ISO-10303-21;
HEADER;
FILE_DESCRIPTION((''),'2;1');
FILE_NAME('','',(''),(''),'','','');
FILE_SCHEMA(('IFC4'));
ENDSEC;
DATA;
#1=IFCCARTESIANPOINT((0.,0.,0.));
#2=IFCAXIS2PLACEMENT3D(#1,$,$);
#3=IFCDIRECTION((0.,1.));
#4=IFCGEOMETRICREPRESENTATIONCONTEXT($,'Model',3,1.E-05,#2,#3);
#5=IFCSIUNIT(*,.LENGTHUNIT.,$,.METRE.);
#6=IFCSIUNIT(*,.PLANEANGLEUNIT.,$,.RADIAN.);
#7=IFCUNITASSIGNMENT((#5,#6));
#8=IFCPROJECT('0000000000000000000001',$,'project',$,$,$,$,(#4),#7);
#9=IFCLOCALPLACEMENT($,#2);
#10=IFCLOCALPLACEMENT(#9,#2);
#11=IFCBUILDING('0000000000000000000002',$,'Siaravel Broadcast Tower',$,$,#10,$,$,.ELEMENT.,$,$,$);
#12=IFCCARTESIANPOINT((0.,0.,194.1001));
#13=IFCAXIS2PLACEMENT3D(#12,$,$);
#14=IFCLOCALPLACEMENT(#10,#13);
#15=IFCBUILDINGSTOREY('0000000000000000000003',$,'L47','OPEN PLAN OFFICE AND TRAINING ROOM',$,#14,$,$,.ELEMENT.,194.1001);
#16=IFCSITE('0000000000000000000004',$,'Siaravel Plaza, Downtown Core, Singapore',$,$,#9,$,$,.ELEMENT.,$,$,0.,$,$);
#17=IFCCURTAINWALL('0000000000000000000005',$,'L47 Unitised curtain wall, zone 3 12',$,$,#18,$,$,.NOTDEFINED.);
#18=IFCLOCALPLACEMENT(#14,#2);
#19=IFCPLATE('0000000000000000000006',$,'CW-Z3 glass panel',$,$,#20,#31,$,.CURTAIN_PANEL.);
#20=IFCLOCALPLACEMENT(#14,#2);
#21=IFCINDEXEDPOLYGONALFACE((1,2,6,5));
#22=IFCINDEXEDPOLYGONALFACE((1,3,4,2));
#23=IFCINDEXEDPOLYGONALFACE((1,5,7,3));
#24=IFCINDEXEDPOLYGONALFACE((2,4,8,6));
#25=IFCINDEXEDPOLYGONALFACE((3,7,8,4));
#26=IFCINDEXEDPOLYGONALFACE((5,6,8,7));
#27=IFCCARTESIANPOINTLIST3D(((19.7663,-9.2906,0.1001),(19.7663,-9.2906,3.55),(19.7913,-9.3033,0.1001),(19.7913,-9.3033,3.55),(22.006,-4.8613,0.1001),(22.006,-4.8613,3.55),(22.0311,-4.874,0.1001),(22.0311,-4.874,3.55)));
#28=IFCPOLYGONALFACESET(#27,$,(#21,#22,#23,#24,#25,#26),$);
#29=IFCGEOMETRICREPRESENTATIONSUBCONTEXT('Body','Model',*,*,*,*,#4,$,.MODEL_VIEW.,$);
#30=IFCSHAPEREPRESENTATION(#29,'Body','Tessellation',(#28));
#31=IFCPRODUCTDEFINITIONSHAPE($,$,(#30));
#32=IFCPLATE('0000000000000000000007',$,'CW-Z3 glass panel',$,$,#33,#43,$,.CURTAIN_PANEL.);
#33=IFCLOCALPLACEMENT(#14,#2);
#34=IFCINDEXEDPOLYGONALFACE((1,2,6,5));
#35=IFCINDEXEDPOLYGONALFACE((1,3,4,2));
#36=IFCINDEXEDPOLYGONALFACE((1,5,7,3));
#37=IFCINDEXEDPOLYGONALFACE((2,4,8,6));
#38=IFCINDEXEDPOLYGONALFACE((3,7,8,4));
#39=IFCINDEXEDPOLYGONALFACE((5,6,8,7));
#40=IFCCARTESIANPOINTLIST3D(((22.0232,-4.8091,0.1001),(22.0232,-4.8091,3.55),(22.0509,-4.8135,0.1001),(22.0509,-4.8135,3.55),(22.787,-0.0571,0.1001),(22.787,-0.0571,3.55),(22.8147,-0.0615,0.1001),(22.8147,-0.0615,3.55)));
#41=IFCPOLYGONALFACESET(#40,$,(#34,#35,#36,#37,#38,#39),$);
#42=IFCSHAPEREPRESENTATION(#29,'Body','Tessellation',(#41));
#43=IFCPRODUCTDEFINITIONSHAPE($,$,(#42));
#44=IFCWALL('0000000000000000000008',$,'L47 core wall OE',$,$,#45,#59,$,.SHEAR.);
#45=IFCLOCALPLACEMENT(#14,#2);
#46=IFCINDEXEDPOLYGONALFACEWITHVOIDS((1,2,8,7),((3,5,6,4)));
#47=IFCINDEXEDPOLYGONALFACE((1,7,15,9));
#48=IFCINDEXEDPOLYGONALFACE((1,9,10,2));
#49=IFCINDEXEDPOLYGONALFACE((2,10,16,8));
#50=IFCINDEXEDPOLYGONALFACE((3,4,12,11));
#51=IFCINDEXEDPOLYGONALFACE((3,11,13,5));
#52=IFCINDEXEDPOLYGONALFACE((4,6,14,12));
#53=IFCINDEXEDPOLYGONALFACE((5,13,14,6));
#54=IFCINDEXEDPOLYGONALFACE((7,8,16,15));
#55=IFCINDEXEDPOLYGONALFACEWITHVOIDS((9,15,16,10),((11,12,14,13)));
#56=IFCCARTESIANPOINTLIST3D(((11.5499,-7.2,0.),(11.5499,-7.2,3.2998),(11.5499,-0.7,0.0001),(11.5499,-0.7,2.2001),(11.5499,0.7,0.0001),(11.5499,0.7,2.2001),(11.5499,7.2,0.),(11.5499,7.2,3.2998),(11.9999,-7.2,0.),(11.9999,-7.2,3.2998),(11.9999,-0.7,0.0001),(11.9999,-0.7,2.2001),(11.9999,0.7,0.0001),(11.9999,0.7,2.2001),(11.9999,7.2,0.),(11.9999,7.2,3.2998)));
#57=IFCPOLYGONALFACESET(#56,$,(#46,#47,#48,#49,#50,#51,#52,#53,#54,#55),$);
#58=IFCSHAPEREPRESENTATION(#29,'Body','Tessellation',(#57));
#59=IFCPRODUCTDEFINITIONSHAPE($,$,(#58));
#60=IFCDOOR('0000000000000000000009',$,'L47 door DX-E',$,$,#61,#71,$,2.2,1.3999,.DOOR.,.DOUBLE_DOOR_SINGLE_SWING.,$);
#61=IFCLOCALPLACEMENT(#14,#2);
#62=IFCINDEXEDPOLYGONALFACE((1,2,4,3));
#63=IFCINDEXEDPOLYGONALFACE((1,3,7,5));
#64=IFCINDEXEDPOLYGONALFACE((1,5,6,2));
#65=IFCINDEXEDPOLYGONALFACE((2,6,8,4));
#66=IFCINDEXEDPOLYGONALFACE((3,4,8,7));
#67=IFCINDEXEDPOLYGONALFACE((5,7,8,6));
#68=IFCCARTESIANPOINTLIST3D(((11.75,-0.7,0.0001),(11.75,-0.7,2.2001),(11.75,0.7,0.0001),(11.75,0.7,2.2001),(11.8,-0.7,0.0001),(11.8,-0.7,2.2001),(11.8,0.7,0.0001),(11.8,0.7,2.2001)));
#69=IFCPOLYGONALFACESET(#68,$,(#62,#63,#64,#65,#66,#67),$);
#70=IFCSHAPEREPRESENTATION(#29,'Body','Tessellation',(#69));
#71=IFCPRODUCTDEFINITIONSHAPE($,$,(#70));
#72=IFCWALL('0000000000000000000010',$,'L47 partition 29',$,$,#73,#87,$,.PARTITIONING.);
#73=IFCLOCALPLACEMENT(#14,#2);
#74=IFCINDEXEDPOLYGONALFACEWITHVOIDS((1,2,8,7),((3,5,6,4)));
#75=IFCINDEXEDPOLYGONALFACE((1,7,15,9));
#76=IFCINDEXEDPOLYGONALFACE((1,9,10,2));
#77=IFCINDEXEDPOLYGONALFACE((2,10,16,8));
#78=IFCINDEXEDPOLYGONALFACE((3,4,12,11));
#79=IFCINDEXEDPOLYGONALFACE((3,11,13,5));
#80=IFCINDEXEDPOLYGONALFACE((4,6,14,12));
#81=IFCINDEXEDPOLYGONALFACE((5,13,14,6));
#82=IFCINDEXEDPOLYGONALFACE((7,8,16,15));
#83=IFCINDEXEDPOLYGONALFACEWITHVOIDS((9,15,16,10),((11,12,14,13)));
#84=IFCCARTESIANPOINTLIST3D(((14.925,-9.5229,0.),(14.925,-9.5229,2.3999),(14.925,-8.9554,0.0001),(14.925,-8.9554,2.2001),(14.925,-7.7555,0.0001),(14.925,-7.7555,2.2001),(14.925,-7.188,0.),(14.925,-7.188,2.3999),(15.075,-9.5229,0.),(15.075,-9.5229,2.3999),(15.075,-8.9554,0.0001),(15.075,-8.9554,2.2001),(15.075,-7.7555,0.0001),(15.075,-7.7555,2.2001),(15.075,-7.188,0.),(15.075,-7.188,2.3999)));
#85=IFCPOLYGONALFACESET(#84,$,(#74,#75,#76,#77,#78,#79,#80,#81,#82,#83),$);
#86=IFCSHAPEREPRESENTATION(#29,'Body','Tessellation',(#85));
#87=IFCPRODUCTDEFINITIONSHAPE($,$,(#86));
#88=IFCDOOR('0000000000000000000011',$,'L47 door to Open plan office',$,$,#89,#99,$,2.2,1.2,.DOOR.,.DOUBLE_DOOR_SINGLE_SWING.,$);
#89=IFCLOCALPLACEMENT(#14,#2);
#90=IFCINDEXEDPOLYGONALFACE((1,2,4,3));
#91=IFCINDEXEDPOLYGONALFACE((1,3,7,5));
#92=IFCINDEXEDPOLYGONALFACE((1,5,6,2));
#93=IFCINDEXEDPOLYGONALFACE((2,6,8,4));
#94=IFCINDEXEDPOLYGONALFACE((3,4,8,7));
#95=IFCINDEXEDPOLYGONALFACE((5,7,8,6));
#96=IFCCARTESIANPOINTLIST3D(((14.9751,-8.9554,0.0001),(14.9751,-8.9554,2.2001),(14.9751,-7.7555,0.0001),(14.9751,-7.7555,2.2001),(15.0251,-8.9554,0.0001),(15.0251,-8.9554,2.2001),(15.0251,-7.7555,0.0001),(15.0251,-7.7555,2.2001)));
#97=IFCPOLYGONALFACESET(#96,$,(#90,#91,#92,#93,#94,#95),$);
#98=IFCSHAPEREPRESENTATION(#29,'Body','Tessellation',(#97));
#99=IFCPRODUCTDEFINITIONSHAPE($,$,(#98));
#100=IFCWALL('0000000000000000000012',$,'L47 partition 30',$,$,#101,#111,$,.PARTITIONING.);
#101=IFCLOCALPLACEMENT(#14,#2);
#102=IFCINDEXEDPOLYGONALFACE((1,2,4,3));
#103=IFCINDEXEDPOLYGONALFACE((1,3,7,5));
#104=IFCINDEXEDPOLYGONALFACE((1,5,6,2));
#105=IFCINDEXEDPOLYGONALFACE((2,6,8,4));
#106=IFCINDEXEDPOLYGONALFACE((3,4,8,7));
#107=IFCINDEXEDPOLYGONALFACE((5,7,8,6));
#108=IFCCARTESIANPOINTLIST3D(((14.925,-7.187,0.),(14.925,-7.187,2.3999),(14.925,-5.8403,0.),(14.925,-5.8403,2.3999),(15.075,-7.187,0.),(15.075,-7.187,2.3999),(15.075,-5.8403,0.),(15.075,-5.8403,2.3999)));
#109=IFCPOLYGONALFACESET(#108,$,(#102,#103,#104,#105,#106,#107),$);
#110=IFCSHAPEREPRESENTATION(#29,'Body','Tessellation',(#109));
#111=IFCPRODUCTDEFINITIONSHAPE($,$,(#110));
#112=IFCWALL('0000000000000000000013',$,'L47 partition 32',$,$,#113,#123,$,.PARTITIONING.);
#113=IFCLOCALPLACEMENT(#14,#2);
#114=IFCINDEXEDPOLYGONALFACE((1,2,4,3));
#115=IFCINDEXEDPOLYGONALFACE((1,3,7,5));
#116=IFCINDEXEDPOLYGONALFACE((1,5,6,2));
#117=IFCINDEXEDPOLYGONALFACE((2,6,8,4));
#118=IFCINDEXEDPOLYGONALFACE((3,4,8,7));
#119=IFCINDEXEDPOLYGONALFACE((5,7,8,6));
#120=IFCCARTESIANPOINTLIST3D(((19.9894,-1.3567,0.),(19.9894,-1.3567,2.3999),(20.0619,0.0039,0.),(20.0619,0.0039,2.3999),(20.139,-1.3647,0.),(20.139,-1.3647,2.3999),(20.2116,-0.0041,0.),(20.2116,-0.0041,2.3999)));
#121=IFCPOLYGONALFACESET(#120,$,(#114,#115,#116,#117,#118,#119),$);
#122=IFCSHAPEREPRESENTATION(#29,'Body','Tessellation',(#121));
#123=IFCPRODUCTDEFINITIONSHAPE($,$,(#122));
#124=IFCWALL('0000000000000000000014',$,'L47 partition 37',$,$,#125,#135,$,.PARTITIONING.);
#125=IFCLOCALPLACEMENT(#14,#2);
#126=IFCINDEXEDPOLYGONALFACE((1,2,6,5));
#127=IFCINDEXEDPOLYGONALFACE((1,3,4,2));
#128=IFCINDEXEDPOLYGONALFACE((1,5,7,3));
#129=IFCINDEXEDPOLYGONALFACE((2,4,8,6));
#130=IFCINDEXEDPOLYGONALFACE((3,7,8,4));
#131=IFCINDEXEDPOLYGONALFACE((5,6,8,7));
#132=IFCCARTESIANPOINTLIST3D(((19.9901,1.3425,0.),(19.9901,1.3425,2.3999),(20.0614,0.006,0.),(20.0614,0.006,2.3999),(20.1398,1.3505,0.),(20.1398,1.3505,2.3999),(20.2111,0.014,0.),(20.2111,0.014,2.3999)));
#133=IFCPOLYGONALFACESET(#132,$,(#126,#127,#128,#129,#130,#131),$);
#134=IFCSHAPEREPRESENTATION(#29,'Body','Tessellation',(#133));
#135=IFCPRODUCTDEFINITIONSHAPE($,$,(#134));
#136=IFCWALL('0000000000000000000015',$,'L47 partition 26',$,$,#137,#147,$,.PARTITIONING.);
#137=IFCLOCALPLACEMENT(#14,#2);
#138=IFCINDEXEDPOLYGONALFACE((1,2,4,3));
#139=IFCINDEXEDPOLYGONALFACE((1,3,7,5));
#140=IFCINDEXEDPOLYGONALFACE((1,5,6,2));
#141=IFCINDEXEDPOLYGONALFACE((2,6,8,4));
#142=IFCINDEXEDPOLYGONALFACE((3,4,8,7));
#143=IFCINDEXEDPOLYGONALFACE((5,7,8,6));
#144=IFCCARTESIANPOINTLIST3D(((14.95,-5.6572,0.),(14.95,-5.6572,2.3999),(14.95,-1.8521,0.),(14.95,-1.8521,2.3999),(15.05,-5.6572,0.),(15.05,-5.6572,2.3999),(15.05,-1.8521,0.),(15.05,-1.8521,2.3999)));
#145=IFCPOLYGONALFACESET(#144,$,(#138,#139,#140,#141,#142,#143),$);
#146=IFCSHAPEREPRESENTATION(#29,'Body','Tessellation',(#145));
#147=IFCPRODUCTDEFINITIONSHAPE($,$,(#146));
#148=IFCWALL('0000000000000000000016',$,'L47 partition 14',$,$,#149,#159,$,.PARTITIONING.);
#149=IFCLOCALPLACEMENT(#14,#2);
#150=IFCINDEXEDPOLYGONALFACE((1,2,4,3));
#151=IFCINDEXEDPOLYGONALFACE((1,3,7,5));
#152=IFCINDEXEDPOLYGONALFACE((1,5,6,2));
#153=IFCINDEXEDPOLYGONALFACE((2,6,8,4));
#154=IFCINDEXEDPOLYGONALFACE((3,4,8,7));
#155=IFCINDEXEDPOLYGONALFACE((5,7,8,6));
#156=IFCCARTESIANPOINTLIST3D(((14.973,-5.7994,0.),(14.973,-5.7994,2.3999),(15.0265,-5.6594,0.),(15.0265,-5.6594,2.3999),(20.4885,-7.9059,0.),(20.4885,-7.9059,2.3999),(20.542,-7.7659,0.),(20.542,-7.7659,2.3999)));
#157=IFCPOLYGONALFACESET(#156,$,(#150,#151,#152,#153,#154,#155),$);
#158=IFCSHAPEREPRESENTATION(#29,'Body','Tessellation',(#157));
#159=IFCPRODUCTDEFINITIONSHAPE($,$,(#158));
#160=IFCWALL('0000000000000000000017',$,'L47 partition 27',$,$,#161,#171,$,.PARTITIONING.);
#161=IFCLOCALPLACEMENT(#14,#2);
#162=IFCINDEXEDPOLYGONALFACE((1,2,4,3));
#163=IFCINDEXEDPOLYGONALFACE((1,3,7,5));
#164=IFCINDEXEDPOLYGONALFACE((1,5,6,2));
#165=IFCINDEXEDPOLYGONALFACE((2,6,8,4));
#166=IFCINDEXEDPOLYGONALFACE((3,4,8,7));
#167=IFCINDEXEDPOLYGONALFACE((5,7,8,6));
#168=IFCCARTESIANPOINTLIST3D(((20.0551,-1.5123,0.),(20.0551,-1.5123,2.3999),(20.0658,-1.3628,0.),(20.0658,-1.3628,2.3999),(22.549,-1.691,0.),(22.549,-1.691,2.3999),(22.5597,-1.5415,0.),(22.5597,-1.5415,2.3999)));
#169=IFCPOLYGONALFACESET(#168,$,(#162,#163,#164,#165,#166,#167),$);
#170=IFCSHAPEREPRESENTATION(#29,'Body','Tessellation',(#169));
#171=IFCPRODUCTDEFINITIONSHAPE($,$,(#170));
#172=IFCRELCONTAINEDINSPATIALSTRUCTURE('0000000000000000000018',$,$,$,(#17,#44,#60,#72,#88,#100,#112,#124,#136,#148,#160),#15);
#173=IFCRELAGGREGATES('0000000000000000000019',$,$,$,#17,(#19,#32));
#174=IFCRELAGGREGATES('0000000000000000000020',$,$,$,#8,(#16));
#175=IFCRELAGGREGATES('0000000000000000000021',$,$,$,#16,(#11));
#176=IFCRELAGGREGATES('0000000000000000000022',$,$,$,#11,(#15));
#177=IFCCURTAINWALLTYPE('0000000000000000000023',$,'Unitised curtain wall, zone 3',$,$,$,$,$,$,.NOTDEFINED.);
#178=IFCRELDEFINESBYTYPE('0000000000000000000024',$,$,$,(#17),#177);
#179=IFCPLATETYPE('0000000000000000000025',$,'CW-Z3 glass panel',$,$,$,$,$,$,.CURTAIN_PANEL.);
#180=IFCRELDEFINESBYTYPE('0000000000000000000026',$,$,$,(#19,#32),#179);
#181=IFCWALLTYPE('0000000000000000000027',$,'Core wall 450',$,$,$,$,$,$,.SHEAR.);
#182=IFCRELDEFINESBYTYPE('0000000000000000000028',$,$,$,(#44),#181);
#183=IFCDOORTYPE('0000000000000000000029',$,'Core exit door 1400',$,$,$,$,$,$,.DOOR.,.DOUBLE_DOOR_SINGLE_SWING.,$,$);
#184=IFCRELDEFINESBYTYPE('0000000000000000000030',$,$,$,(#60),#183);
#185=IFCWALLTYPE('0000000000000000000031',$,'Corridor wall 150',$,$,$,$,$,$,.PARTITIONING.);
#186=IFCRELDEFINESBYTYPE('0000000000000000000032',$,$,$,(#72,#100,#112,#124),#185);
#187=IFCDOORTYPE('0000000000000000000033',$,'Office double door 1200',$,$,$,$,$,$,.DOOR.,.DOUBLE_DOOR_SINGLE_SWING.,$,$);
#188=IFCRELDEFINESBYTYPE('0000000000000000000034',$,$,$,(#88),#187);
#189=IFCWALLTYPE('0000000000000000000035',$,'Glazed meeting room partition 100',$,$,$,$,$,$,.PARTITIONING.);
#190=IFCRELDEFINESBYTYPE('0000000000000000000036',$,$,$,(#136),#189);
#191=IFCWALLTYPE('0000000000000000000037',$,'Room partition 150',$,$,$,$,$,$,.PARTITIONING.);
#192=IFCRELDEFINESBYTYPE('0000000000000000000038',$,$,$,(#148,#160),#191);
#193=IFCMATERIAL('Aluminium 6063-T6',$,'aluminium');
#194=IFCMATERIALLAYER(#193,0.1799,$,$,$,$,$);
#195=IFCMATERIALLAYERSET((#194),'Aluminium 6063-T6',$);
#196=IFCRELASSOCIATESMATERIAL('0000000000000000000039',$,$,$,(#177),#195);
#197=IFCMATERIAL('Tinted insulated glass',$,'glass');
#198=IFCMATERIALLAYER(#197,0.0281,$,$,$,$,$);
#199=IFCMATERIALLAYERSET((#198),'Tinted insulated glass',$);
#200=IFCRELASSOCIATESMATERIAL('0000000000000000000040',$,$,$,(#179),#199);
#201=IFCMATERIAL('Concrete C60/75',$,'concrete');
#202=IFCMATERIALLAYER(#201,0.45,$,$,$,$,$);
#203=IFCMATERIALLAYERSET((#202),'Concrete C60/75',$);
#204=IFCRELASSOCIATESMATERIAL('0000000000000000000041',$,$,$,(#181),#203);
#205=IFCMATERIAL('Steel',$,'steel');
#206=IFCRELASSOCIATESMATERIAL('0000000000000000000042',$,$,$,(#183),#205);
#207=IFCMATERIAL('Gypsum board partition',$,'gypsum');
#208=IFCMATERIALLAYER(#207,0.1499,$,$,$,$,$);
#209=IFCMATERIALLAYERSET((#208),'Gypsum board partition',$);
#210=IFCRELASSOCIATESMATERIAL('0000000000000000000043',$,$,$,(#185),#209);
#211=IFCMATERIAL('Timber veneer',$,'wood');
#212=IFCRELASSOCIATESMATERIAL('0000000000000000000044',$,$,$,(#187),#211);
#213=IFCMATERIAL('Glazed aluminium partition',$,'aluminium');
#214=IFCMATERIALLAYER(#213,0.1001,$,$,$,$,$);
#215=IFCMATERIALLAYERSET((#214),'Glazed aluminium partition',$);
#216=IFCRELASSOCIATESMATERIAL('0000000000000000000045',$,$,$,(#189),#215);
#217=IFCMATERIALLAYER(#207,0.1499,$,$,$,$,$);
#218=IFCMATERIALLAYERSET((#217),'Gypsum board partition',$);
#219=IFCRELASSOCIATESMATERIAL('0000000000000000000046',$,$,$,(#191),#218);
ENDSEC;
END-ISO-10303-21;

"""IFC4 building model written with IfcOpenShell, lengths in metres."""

from ifc_helpers import new_model, si_unit, direction, frame, frame_2d, origin, origin_2d, place, context, subcontext, project, spatial, rectangle, extrude, material, layer, layer_set, type_object, element, fill, aggregate, save


model = new_model("IFC4")

# Units and contexts
model_context = context("Model", 3, precision=1e-05, world=origin(), true_north=direction((0.0, 1.0)))
body_context = subcontext(model_context, "Body", "Model", "MODEL_VIEW")
ifc_project = project(units=[si_unit("LENGTHUNIT", "METRE"), si_unit("PLANEANGLEUNIT", "RADIAN")], contexts=[model_context])

# Site, building, storey
site_placement = place(None, origin())
site = spatial("IfcSite", under=ifc_project, at=site_placement, Name="Siaravel Plaza, Downtown Core, Singapore", CompositionType="ELEMENT", RefElevation=0.0)
building_placement = place(site_placement, origin())
building = spatial("IfcBuilding", under=site, at=building_placement, Name="Siaravel Broadcast Tower", CompositionType="ELEMENT")
storey_placement = place(building_placement, frame((0.0, 0.0, 194.1001)))
storey = spatial("IfcBuildingStorey", under=building, at=storey_placement, Name="L47", Description="OPEN PLAN OFFICE AND TRAINING ROOM", CompositionType="ELEMENT", Elevation=194.1001)

# Shared definitions
ifc_material_1 = material(Name="Concrete C60/75", Category="concrete")

# Curtain wall
ifc_material_2 = material(Name="Aluminium 6063-T6", Category="aluminium")
ifc_layer_1 = layer(ifc_material_2, 0.1799)
ifc_layer_set_1 = layer_set([ifc_layer_1], Name="Aluminium 6063-T6")
curtain_wall_type = type_object("IfcCurtainWallType", Name="Unitised curtain wall, zone 3", PredefinedType="NOTDEFINED", material=ifc_layer_set_1)
curtain_wall_1_placement = place(storey_placement, origin())
curtain_wall_1 = element("IfcCurtainWall", 1, at=curtain_wall_1_placement, inside=storey, type_object=curtain_wall_type, Name="L47 Unitised curtain wall, zone 3 12", PredefinedType="NOTDEFINED")

# Plates
ifc_material_3 = material(Name="Tinted insulated glass", Category="glass")
ifc_layer_2 = layer(ifc_material_3, 0.0281)
ifc_layer_set_2 = layer_set([ifc_layer_2], Name="Tinted insulated glass")
plate_type = type_object("IfcPlateType", Name="CW-Z3 glass panel", PredefinedType="CURTAIN_PANEL", material=ifc_layer_set_2)
plate_1_placement = place(storey_placement, frame((20.8987, -7.0823, 0.1001), z_axis=(0.0, 0.0, 1.0), x_axis=(0.451261, 0.892392, 0.0)))
plate_1 = element("IfcPlate", 2, at=plate_1_placement, type_object=plate_type, Name="CW-Z3 glass panel", PredefinedType="CURTAIN_PANEL", context=body_context, shape_type="SweptSolid", body=[
    extrude(rectangle(XDim=4.9634, YDim=0.0281, at=origin_2d()), origin(), (0.0, 0.0, 1.0), 3.45),
])
plate_2_placement = place(storey_placement, frame((22.4189, -2.4353, 0.1001), z_axis=(0.0, 0.0, 1.0), x_axis=(0.158685, 0.987329, 0.0)))
plate_2 = element("IfcPlate", 3, at=plate_2_placement, type_object=plate_type, Name="CW-Z3 glass panel", PredefinedType="CURTAIN_PANEL", context=body_context, shape_type="SweptSolid", body=[
    extrude(rectangle(XDim=4.813, YDim=0.0281, at=origin_2d()), origin(), (0.0, 0.0, 1.0), 3.45),
])
aggregate(curtain_wall_1, [plate_1, plate_2])

# Walls, openings, doors
ifc_layer_3 = layer(ifc_material_1, 0.45)
ifc_layer_set_3 = layer_set([ifc_layer_3], Name="Concrete C60/75")
wall_type_1 = type_object("IfcWallType", Name="Core wall 450", PredefinedType="SHEAR", material=ifc_layer_set_3)
wall_1_placement = place(storey_placement, frame((11.7749, -7.2, 0.0), z_axis=(0.0, 0.0, 1.0), x_axis=(0.0, 1.0, 0.0)))
wall_1 = element("IfcWall", 4, at=wall_1_placement, inside=storey, type_object=wall_type_1, Name="L47 core wall OE", PredefinedType="SHEAR", context=body_context, shape_type="SweptSolid", body=[
    extrude(rectangle(XDim=14.3999, YDim=0.45, at=frame_2d((7.2, 0.0))), origin(), (0.0, 0.0, 1.0), 3.2998),
])
opening_1_placement = place(wall_1_placement, frame((6.5, 0.0, 0.0)))
opening_1 = element("IfcOpeningElement", 5, at=opening_1_placement, cuts=wall_1, PredefinedType="OPENING", context=body_context, shape_type="SweptSolid", body=[
    extrude(rectangle(XDim=1.3999, YDim=2.2, at=frame_2d((0.7, 1.1001))), frame((0.0, 0.2349, 0.0), z_axis=(0.0, -1.0, 0.0), x_axis=(1.0, 0.0, 0.0)), (0.0, 0.0, 1.0), 0.47),
])
ifc_material_4 = material(Name="Steel", Category="steel")
door_type_1 = type_object("IfcDoorType", Name="Core exit door 1400", OperationType="DOUBLE_DOOR_SINGLE_SWING", PredefinedType="DOOR", material=ifc_material_4)
door_1_placement = place(opening_1_placement, origin())
door_1 = element("IfcDoor", 6, at=door_1_placement, inside=storey, type_object=door_type_1, Name="L47 door DX-E", OperationType="DOUBLE_DOOR_SINGLE_SWING", OverallHeight=2.2, OverallWidth=1.3999, PredefinedType="DOOR", context=body_context, shape_type="SweptSolid", body=[
    extrude(rectangle(XDim=1.3999, YDim=2.2, at=frame_2d((0.7, 1.1001))), frame((0.0, 0.0249, 0.0), z_axis=(0.0, -1.0, 0.0), x_axis=(1.0, 0.0, 0.0)), (0.0, 0.0, 1.0), 0.05),
])
fill(opening_1, door_1)
ifc_material_5 = material(Name="Gypsum board partition", Category="gypsum")
ifc_layer_4 = layer(ifc_material_5, 0.1499)
ifc_layer_set_4 = layer_set([ifc_layer_4], Name="Gypsum board partition")
wall_type_2 = type_object("IfcWallType", Name="Corridor wall 150", PredefinedType="PARTITIONING", material=ifc_layer_set_4)
wall_2_placement = place(storey_placement, frame((15.0, -9.5229, 0.0), z_axis=(0.0, 0.0, 1.0), x_axis=(0.0, 1.0, 0.0)))
wall_2 = element("IfcWall", 7, at=wall_2_placement, inside=storey, type_object=wall_type_2, Name="L47 partition 29", PredefinedType="PARTITIONING", context=body_context, shape_type="SweptSolid", body=[
    extrude(rectangle(XDim=2.335, YDim=0.1499, at=frame_2d((1.1675, 0.0))), origin(), (0.0, 0.0, 1.0), 2.3999),
])
opening_2_placement = place(wall_2_placement, frame((0.5674, 0.0, 0.0)))
opening_2 = element("IfcOpeningElement", 8, at=opening_2_placement, cuts=wall_2, PredefinedType="OPENING", context=body_context, shape_type="SweptSolid", body=[
    extrude(rectangle(XDim=1.2, YDim=2.2, at=frame_2d((0.6001, 1.1001))), frame((0.0, 0.085, 0.0), z_axis=(0.0, -1.0, 0.0), x_axis=(1.0, 0.0, 0.0)), (0.0, 0.0, 1.0), 0.1699),
])
ifc_material_6 = material(Name="Timber veneer", Category="wood")
door_type_2 = type_object("IfcDoorType", Name="Office double door 1200", OperationType="DOUBLE_DOOR_SINGLE_SWING", PredefinedType="DOOR", material=ifc_material_6)
door_2_placement = place(opening_2_placement, origin())
door_2 = element("IfcDoor", 9, at=door_2_placement, inside=storey, type_object=door_type_2, Name="L47 door to Open plan office", OperationType="DOUBLE_DOOR_SINGLE_SWING", OverallHeight=2.2, OverallWidth=1.2, PredefinedType="DOOR", context=body_context, shape_type="SweptSolid", body=[
    extrude(rectangle(XDim=1.2, YDim=2.2, at=frame_2d((0.6001, 1.1001))), frame((0.0, 0.0249, 0.0), z_axis=(0.0, -1.0, 0.0), x_axis=(1.0, 0.0, 0.0)), (0.0, 0.0, 1.0), 0.05),
])
fill(opening_2, door_2)

# Walls
wall_3_placement = place(storey_placement, frame((15.0, -7.187, 0.0), z_axis=(0.0, 0.0, 1.0), x_axis=(0.0, 1.0, 0.0)))
element("IfcWall", 10, at=wall_3_placement, inside=storey, type_object=wall_type_2, Name="L47 partition 30", PredefinedType="PARTITIONING", context=body_context, shape_type="SweptSolid", body=[
    extrude(rectangle(XDim=1.3467, YDim=0.1499, at=frame_2d((0.6733, 0.0))), origin(), (0.0, 0.0, 1.0), 2.3999),
])
wall_4_placement = place(storey_placement, frame((20.0642, -1.3606, 0.0), z_axis=(0.0, 0.0, 1.0), x_axis=(0.053217, 0.998583, 0.0)))
element("IfcWall", 11, at=wall_4_placement, inside=storey, type_object=wall_type_2, Name="L47 partition 32", PredefinedType="PARTITIONING", context=body_context, shape_type="SweptSolid", body=[
    extrude(rectangle(XDim=1.3625, YDim=0.1499, at=frame_2d((0.6812, 0.0))), origin(), (0.0, 0.0, 1.0), 2.3999),
])
wall_5_placement = place(storey_placement, frame((20.1362, 0.01, 0.0), z_axis=(0.0, 0.0, 1.0), x_axis=(-0.053267, 0.99858, 0.0)))
element("IfcWall", 12, at=wall_5_placement, inside=storey, type_object=wall_type_2, Name="L47 partition 37", PredefinedType="PARTITIONING", context=body_context, shape_type="SweptSolid", body=[
    extrude(rectangle(XDim=1.3384, YDim=0.1499, at=frame_2d((0.6692, 0.0))), origin(), (0.0, 0.0, 1.0), 2.3999),
])

# Shared definitions
ifc_material_7 = material(Name="Glazed aluminium partition", Category="aluminium")
ifc_layer_5 = layer(ifc_material_7, 0.1001)
ifc_layer_set_5 = layer_set([ifc_layer_5], Name="Glazed aluminium partition")
wall_type_3 = type_object("IfcWallType", Name="Glazed meeting room partition 100", PredefinedType="PARTITIONING", material=ifc_layer_set_5)

# Walls
wall_6_placement = place(storey_placement, frame((15.0, -5.6572, 0.0), z_axis=(0.0, 0.0, 1.0), x_axis=(0.0, 1.0, 0.0)))
element("IfcWall", 13, at=wall_6_placement, inside=storey, type_object=wall_type_3, Name="L47 partition 26", PredefinedType="PARTITIONING", context=body_context, shape_type="SweptSolid", body=[
    extrude(rectangle(XDim=3.8052, YDim=0.1001, at=frame_2d((1.9026, 0.0))), origin(), (0.0, 0.0, 1.0), 2.3999),
])
ifc_layer_6 = layer(ifc_material_5, 0.1499)
ifc_layer_set_6 = layer_set([ifc_layer_6], Name="Gypsum board partition")
wall_type_4 = type_object("IfcWallType", Name="Room partition 150", PredefinedType="PARTITIONING", material=ifc_layer_set_6)
wall_7_placement = place(storey_placement, frame((20.5154, -7.8359, 0.0), z_axis=(0.0, 0.0, 1.0), x_axis=(-0.934186, 0.356786, 0.0)))
element("IfcWall", 14, at=wall_7_placement, inside=storey, type_object=wall_type_4, Name="L47 partition 14", PredefinedType="PARTITIONING", context=body_context, shape_type="SweptSolid", body=[
    extrude(rectangle(XDim=5.9041, YDim=0.1499, at=frame_2d((2.9521, 0.0))), origin(), (0.0, 0.0, 1.0), 2.3999),
])
wall_8_placement = place(storey_placement, frame((22.5542, -1.6162, 0.0), z_axis=(0.0, 0.0, 1.0), x_axis=(-0.997442, 0.071476, 0.0)))
element("IfcWall", 15, at=wall_8_placement, inside=storey, type_object=wall_type_4, Name="L47 partition 27", PredefinedType="PARTITIONING", context=body_context, shape_type="SweptSolid", body=[
    extrude(rectangle(XDim=2.5002, YDim=0.1499, at=frame_2d((1.25, 0.0))), origin(), (0.0, 0.0, 1.0), 2.3999),
])

save(model, "model.ifc")
